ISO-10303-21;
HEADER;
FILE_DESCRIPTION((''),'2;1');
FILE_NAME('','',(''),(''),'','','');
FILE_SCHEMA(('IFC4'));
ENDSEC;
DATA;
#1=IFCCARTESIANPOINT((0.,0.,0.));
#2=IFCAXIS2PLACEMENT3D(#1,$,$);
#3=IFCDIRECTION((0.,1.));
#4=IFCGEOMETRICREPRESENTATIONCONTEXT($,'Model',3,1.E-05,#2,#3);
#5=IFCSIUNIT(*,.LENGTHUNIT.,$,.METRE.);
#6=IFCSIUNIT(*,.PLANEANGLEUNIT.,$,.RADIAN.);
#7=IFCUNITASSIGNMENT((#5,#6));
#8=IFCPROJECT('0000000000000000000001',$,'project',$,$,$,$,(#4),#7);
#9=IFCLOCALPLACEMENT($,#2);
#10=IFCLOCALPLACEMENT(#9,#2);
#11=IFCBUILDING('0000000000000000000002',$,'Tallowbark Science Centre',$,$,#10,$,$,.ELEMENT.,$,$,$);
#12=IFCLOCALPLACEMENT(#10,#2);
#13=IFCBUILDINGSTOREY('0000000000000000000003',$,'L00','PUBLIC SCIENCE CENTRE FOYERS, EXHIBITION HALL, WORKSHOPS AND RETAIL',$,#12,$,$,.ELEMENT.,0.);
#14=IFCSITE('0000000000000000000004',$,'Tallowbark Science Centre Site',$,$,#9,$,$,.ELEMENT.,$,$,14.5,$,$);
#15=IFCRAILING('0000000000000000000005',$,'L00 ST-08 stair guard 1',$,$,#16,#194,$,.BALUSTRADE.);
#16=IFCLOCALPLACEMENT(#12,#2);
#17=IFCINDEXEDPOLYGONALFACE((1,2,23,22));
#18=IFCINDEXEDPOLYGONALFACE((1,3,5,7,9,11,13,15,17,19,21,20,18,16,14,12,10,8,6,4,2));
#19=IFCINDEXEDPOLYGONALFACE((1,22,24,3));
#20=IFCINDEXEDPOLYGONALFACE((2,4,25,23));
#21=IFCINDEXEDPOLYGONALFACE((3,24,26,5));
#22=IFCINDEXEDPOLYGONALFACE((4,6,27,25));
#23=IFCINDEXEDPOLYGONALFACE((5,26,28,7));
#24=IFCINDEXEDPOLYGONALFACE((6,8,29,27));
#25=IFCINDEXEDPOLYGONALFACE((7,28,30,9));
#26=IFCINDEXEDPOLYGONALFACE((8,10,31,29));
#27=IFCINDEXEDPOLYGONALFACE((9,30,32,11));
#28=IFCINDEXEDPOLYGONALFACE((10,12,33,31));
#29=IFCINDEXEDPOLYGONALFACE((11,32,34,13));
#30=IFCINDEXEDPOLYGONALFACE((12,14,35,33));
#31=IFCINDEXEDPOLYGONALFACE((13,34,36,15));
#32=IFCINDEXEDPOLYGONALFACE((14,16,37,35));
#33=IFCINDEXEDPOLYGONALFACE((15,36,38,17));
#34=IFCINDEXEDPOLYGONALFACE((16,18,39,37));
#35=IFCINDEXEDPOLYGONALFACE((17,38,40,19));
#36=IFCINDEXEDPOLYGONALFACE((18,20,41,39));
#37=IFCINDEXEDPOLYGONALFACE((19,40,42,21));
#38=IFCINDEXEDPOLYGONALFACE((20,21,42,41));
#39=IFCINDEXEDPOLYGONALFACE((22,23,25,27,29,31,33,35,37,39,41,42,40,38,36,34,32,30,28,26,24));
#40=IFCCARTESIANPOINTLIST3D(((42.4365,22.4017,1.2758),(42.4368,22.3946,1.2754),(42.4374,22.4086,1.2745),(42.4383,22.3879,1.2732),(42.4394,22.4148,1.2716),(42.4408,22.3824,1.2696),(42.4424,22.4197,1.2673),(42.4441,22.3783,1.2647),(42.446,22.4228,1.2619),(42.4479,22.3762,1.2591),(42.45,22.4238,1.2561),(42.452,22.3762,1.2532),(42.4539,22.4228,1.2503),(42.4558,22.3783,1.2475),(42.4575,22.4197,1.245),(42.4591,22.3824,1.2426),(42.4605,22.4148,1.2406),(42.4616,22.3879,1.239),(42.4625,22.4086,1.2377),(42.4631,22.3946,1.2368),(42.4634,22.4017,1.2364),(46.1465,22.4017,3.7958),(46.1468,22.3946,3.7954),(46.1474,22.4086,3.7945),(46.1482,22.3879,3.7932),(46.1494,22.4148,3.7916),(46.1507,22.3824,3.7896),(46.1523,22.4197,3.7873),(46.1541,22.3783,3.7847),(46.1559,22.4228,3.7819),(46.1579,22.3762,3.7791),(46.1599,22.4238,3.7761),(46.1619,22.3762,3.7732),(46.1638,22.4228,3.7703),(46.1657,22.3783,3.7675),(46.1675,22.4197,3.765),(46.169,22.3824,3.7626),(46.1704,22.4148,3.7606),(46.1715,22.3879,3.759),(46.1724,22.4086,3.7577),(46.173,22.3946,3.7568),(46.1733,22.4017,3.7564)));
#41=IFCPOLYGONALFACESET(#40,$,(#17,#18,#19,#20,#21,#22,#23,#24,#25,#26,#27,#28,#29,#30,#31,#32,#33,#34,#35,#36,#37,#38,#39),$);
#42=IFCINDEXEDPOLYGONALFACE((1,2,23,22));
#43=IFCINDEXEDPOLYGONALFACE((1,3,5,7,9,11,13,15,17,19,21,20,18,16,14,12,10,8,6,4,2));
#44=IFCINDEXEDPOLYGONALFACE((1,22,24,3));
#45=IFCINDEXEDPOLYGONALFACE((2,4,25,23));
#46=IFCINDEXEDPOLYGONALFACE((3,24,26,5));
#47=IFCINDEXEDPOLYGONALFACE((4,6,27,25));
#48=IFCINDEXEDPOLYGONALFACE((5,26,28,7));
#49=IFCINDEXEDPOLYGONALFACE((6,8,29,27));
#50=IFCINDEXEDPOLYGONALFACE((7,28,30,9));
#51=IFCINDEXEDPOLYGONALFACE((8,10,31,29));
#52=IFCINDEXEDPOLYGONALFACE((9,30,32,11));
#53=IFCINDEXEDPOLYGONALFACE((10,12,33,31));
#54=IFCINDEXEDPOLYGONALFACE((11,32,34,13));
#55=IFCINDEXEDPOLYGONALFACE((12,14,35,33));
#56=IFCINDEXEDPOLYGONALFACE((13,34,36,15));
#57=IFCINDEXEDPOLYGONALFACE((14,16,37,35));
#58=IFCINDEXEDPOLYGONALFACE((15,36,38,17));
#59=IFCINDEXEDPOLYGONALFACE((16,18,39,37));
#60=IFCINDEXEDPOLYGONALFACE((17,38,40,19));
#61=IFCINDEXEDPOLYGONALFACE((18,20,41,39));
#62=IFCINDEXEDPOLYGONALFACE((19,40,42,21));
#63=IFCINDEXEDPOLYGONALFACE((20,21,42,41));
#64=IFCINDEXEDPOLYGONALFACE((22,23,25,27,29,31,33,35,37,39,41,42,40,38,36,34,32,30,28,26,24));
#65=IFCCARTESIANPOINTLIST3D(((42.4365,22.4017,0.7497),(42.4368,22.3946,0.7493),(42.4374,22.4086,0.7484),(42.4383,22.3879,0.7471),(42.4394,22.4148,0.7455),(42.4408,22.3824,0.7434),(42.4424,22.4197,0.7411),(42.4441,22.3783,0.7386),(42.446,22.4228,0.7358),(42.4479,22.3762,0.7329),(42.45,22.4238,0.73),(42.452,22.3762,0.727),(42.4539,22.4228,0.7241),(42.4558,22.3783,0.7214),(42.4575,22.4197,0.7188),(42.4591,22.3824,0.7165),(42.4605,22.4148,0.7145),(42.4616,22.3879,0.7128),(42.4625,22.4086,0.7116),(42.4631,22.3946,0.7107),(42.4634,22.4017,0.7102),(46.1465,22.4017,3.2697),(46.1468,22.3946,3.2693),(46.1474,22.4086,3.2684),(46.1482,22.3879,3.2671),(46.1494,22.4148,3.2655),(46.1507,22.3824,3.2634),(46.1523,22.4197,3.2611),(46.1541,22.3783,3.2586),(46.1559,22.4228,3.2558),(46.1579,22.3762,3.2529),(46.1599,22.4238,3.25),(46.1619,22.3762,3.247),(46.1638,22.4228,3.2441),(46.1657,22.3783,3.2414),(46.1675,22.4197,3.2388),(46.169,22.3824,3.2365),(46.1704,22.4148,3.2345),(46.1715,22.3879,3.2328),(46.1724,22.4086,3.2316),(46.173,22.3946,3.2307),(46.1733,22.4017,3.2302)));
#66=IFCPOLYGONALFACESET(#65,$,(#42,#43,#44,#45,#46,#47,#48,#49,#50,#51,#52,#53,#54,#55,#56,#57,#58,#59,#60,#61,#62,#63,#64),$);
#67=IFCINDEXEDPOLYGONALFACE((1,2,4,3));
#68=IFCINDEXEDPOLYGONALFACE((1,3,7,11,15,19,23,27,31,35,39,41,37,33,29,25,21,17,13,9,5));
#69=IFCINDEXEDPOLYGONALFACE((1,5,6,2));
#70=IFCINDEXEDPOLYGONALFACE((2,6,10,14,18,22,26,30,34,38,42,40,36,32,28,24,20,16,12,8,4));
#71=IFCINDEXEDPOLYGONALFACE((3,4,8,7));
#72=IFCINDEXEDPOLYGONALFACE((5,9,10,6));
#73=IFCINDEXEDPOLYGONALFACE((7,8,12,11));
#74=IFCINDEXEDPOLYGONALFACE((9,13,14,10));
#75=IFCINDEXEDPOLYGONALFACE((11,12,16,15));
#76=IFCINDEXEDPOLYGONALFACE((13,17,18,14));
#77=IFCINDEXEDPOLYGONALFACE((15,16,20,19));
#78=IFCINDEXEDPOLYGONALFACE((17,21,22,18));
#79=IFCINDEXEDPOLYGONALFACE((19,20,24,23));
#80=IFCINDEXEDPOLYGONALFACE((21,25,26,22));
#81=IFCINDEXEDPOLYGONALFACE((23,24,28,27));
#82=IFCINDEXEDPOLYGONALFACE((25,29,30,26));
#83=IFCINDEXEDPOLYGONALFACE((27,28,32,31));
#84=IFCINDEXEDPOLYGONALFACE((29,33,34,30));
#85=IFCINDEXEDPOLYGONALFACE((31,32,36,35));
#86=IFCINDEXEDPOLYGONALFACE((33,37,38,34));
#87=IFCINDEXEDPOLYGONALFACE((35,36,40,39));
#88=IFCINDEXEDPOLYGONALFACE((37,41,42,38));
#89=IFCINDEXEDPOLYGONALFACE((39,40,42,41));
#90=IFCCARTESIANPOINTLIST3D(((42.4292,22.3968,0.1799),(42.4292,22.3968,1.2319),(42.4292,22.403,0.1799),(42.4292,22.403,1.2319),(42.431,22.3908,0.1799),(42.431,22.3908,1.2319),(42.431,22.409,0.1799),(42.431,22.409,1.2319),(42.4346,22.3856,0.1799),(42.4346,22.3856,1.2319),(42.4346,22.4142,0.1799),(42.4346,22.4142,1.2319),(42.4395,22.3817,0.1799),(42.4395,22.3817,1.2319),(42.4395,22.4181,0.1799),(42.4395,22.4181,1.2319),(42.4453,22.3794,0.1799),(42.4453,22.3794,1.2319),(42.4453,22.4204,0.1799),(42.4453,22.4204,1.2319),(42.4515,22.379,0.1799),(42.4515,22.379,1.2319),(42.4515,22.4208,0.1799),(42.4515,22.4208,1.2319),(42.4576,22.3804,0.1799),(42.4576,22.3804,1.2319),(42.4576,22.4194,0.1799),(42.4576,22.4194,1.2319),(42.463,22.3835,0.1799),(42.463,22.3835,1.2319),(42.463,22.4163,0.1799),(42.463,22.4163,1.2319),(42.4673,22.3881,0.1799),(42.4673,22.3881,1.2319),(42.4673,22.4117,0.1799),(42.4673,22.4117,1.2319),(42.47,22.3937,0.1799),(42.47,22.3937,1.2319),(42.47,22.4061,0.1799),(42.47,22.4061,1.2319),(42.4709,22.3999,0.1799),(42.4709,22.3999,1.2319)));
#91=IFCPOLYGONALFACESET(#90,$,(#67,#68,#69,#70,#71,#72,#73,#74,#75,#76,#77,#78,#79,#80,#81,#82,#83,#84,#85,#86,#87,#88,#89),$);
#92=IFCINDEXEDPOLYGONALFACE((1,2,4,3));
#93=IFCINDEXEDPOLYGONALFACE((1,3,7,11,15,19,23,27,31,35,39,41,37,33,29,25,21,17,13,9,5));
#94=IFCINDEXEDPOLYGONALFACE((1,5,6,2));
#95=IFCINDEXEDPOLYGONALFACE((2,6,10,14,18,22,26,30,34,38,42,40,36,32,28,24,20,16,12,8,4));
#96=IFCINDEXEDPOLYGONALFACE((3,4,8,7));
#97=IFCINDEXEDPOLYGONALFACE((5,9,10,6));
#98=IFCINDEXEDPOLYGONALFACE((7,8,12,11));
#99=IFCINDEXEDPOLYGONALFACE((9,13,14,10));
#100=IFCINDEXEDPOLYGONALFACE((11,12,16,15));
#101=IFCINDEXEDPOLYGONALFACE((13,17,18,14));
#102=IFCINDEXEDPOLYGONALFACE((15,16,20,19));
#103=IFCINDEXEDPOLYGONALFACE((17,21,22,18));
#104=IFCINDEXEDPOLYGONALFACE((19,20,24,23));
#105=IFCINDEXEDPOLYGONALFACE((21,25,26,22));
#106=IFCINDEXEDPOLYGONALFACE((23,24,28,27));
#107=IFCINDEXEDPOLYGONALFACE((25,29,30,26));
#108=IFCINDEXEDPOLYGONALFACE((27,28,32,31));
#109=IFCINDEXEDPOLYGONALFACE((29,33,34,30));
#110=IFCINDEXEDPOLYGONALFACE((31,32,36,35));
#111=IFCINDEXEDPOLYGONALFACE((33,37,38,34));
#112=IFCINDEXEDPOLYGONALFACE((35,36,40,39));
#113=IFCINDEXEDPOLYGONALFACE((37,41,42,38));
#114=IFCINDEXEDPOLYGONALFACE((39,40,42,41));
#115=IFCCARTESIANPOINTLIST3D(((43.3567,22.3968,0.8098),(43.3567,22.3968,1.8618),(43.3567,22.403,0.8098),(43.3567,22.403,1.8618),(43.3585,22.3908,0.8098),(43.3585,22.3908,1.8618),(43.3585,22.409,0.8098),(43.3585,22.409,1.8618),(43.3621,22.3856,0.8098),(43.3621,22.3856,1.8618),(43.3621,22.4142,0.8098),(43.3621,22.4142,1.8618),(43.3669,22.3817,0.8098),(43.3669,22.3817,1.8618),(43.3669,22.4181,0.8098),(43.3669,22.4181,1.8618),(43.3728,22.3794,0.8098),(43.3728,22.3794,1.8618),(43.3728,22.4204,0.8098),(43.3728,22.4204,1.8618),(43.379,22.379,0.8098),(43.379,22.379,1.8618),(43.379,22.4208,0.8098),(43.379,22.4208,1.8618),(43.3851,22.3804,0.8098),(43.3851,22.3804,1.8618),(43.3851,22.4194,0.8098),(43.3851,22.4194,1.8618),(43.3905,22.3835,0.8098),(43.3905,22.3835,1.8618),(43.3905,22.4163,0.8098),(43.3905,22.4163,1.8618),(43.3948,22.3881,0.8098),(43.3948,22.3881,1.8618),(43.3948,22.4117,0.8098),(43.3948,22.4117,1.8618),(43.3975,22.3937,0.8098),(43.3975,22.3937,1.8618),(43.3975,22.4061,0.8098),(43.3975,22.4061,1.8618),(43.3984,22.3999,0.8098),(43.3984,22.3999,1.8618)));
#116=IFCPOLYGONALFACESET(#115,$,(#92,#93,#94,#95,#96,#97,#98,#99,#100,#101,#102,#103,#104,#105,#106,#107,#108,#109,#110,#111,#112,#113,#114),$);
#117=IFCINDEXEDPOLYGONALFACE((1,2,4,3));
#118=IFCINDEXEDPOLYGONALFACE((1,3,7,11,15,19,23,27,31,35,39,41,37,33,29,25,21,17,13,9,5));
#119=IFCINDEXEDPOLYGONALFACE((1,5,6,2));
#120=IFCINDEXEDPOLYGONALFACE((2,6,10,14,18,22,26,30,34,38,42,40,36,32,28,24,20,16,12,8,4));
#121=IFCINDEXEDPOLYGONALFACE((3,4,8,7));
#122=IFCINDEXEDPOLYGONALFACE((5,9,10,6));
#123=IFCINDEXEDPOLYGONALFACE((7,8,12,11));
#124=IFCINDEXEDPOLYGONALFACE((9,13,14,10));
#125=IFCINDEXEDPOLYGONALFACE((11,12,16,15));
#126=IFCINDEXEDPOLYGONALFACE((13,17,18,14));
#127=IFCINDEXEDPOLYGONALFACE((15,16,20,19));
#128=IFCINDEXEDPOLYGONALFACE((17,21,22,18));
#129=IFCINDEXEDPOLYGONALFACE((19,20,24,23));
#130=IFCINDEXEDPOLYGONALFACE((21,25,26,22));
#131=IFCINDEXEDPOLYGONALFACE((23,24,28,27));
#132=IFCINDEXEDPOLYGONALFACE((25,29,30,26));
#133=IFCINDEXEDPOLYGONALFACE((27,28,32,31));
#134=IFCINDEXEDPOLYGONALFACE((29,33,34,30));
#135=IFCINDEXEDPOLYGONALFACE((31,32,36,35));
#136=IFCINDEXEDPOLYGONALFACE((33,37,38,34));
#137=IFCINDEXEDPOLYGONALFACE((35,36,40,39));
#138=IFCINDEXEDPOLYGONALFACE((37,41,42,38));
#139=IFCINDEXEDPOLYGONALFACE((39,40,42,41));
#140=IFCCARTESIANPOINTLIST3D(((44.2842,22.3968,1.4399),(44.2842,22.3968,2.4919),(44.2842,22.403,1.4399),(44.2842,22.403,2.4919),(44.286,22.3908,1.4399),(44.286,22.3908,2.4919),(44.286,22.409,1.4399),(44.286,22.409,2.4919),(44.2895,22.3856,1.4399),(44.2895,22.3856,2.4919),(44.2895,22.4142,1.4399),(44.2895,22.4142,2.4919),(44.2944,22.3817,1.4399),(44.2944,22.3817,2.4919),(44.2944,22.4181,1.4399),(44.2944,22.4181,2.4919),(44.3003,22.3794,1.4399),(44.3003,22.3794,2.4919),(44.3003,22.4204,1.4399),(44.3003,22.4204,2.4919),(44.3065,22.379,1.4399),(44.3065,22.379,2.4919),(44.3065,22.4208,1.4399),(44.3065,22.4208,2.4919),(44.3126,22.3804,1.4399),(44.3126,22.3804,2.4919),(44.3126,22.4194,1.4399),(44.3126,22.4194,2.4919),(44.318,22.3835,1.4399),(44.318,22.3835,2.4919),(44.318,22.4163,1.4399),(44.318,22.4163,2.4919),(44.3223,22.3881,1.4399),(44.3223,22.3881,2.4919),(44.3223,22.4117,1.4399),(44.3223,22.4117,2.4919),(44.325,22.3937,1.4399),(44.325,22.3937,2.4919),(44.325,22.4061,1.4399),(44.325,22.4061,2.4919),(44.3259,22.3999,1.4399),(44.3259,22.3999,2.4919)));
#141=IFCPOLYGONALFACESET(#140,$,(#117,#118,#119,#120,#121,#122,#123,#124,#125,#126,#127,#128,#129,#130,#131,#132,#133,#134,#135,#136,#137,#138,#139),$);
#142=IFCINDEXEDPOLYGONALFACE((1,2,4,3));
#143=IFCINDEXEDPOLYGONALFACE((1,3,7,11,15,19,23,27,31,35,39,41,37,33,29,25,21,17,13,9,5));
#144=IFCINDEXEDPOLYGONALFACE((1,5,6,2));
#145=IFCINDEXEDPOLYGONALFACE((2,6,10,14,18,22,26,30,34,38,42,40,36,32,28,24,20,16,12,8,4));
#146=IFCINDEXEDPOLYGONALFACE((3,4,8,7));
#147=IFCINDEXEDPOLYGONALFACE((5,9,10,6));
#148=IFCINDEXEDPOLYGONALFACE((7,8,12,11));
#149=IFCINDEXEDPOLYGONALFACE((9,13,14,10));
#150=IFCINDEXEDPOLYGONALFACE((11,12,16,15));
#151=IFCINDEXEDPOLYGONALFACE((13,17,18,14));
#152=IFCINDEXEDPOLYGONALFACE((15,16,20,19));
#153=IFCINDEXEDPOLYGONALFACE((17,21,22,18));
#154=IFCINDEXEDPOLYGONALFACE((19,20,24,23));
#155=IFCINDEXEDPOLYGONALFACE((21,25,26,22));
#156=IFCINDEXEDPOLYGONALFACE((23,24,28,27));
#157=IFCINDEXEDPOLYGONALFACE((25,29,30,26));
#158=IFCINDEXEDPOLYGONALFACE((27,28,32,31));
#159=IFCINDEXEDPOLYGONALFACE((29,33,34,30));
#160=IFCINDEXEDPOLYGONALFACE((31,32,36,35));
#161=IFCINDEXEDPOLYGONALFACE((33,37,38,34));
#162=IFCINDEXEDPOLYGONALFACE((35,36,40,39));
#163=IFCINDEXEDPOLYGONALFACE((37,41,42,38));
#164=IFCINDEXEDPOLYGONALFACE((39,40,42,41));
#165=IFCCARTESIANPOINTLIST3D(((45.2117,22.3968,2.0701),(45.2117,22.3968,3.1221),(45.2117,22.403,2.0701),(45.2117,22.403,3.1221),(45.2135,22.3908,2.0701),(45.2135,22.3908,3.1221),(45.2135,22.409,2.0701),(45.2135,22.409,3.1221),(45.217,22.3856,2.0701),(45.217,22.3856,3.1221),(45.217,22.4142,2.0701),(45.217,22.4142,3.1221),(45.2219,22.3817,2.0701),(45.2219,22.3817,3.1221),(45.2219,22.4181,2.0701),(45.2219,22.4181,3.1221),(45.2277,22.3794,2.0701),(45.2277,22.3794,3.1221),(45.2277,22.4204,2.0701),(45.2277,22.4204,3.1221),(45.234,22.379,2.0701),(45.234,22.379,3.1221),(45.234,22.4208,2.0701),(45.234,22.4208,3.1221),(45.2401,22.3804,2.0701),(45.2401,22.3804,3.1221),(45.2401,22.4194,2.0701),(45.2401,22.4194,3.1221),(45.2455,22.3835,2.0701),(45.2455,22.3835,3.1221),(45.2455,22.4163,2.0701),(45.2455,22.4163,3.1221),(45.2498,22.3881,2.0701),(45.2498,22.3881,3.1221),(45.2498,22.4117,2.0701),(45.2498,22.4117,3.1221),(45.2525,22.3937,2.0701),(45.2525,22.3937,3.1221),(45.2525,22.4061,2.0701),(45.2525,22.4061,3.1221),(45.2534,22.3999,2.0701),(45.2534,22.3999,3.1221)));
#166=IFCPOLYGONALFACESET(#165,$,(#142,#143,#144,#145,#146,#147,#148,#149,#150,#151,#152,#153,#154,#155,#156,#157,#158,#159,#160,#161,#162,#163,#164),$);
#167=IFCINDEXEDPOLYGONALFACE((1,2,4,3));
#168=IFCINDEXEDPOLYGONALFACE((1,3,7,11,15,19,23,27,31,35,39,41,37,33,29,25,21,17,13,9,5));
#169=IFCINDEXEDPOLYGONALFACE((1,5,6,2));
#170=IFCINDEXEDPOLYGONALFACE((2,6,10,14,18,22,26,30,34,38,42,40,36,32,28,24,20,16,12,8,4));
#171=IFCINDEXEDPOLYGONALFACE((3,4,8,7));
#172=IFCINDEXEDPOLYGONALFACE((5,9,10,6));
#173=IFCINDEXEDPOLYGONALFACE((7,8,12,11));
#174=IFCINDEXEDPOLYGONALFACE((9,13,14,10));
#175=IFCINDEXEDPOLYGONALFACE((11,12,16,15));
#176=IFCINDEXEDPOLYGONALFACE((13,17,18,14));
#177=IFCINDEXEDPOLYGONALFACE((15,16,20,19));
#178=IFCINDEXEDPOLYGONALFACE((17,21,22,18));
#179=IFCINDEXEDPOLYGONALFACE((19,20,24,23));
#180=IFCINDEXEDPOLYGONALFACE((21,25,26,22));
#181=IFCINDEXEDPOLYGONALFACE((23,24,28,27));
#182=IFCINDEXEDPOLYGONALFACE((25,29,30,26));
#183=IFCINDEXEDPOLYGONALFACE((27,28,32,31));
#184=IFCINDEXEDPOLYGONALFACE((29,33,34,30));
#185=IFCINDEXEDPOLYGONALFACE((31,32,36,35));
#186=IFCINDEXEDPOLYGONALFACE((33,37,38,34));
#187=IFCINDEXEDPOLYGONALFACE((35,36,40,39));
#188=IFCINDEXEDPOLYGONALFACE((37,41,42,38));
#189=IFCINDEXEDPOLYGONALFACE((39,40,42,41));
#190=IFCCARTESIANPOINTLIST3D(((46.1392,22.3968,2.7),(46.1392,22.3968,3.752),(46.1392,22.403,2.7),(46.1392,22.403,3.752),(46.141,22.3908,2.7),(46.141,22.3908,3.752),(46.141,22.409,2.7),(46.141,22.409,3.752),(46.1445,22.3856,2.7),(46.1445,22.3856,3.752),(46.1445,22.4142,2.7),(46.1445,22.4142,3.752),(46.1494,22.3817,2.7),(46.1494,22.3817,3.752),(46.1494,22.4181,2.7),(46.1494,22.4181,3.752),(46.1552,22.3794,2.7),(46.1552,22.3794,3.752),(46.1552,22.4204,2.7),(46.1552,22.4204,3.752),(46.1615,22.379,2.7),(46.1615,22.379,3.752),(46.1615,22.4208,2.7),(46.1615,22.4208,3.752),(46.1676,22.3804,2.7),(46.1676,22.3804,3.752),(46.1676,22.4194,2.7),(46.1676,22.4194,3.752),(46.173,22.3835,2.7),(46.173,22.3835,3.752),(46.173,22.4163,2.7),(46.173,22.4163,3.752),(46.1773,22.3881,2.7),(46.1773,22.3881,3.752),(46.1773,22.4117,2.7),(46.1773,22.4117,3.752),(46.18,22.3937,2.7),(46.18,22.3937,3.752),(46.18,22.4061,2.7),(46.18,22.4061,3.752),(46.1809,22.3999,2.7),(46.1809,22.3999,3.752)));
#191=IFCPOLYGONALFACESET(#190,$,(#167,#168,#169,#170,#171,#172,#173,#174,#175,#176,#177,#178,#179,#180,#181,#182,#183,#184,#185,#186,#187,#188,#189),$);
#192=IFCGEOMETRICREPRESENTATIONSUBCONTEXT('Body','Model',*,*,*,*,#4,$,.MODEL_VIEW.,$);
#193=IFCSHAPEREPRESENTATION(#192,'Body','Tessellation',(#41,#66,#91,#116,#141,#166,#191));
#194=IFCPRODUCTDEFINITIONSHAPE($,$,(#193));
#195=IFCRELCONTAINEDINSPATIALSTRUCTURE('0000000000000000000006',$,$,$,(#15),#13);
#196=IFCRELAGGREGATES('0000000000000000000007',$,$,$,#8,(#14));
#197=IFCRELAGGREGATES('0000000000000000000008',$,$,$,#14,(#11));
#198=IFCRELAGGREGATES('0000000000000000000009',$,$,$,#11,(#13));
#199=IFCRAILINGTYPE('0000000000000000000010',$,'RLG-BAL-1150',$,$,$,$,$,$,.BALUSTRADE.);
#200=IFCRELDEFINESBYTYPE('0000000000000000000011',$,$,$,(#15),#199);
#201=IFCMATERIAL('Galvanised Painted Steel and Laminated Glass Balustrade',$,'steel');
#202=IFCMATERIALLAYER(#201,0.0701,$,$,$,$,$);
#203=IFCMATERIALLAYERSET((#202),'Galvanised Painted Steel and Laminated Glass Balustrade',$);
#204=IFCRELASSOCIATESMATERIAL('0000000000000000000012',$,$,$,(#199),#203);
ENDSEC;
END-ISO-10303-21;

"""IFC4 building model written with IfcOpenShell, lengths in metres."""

from ifc_helpers import new_model, si_unit, direction, frame, origin, origin_2d, place, context, subcontext, project, spatial, circle, extrude, material, layer, layer_set, type_object, element, save


model = new_model("IFC4")

# Units and contexts
model_context = context("Model", 3, precision=1e-05, world=origin(), true_north=direction((0.0, 1.0)))
body_context = subcontext(model_context, "Body", "Model", "MODEL_VIEW")
ifc_project = project(units=[si_unit("LENGTHUNIT", "METRE"), si_unit("PLANEANGLEUNIT", "RADIAN")], contexts=[model_context])

# Site, building, storey
site_placement = place(None, origin())
site = spatial("IfcSite", under=ifc_project, at=site_placement, Name="Tallowbark Science Centre Site", CompositionType="ELEMENT", RefElevation=14.5)
building_placement = place(site_placement, origin())
building = spatial("IfcBuilding", under=site, at=building_placement, Name="Tallowbark Science Centre", CompositionType="ELEMENT")
storey_placement = place(building_placement, origin())
storey = spatial("IfcBuildingStorey", under=building, at=storey_placement, Name="L00", Description="PUBLIC SCIENCE CENTRE FOYERS, EXHIBITION HALL, WORKSHOPS AND RETAIL", CompositionType="ELEMENT", Elevation=0.0)

# Railing
ifc_material_1 = material(Name="Galvanised Painted Steel and Laminated Glass Balustrade", Category="steel")
ifc_layer_1 = layer(ifc_material_1, 0.0701)
ifc_layer_set_1 = layer_set([ifc_layer_1], Name="Galvanised Painted Steel and Laminated Glass Balustrade")
railing_type_1 = type_object("IfcRailingType", Name="RLG-BAL-1150", PredefinedType="BALUSTRADE", material=ifc_layer_set_1)
railing_1_placement = place(storey_placement, frame((42.45, 22.3999, 0.1799)))
element("IfcRailing", 1, at=railing_1_placement, inside=storey, type_object=railing_type_1, Name="L00 ST-08 stair guard 1", PredefinedType="BALUSTRADE", context=body_context, shape_type="SweptSolid", body=[
    extrude(circle(Radius=0.0239, at=origin_2d()), frame((0.0, 0.0, 1.0762), z_axis=(0.827212, 0.0, 0.56189), x_axis=(0.0, 1.0, 0.0)), (0.0, 0.0, 1.0), 4.4849),
    extrude(circle(Radius=0.0239, at=origin_2d()), frame((0.0, 0.0, 0.55), z_axis=(0.827212, 0.0, 0.56189), x_axis=(0.0, 1.0, 0.0)), (0.0, 0.0, 1.0), 4.4849),
    extrude(circle(Radius=0.021, at=origin_2d()), origin(), (0.0, 0.0, 1.0), 1.052),
    extrude(circle(Radius=0.021, at=origin_2d()), frame((0.9275, 0.0, 0.6299)), (0.0, 0.0, 1.0), 1.052),
    extrude(circle(Radius=0.021, at=origin_2d()), frame((1.855, 0.0, 1.26)), (0.0, 0.0, 1.0), 1.052),
    extrude(circle(Radius=0.021, at=origin_2d()), frame((2.7825, 0.0, 1.8901)), (0.0, 0.0, 1.0), 1.052),
    extrude(circle(Radius=0.021, at=origin_2d()), frame((3.71, 0.0, 2.52)), (0.0, 0.0, 1.0), 1.052),
])

save(model, "model.ifc")
